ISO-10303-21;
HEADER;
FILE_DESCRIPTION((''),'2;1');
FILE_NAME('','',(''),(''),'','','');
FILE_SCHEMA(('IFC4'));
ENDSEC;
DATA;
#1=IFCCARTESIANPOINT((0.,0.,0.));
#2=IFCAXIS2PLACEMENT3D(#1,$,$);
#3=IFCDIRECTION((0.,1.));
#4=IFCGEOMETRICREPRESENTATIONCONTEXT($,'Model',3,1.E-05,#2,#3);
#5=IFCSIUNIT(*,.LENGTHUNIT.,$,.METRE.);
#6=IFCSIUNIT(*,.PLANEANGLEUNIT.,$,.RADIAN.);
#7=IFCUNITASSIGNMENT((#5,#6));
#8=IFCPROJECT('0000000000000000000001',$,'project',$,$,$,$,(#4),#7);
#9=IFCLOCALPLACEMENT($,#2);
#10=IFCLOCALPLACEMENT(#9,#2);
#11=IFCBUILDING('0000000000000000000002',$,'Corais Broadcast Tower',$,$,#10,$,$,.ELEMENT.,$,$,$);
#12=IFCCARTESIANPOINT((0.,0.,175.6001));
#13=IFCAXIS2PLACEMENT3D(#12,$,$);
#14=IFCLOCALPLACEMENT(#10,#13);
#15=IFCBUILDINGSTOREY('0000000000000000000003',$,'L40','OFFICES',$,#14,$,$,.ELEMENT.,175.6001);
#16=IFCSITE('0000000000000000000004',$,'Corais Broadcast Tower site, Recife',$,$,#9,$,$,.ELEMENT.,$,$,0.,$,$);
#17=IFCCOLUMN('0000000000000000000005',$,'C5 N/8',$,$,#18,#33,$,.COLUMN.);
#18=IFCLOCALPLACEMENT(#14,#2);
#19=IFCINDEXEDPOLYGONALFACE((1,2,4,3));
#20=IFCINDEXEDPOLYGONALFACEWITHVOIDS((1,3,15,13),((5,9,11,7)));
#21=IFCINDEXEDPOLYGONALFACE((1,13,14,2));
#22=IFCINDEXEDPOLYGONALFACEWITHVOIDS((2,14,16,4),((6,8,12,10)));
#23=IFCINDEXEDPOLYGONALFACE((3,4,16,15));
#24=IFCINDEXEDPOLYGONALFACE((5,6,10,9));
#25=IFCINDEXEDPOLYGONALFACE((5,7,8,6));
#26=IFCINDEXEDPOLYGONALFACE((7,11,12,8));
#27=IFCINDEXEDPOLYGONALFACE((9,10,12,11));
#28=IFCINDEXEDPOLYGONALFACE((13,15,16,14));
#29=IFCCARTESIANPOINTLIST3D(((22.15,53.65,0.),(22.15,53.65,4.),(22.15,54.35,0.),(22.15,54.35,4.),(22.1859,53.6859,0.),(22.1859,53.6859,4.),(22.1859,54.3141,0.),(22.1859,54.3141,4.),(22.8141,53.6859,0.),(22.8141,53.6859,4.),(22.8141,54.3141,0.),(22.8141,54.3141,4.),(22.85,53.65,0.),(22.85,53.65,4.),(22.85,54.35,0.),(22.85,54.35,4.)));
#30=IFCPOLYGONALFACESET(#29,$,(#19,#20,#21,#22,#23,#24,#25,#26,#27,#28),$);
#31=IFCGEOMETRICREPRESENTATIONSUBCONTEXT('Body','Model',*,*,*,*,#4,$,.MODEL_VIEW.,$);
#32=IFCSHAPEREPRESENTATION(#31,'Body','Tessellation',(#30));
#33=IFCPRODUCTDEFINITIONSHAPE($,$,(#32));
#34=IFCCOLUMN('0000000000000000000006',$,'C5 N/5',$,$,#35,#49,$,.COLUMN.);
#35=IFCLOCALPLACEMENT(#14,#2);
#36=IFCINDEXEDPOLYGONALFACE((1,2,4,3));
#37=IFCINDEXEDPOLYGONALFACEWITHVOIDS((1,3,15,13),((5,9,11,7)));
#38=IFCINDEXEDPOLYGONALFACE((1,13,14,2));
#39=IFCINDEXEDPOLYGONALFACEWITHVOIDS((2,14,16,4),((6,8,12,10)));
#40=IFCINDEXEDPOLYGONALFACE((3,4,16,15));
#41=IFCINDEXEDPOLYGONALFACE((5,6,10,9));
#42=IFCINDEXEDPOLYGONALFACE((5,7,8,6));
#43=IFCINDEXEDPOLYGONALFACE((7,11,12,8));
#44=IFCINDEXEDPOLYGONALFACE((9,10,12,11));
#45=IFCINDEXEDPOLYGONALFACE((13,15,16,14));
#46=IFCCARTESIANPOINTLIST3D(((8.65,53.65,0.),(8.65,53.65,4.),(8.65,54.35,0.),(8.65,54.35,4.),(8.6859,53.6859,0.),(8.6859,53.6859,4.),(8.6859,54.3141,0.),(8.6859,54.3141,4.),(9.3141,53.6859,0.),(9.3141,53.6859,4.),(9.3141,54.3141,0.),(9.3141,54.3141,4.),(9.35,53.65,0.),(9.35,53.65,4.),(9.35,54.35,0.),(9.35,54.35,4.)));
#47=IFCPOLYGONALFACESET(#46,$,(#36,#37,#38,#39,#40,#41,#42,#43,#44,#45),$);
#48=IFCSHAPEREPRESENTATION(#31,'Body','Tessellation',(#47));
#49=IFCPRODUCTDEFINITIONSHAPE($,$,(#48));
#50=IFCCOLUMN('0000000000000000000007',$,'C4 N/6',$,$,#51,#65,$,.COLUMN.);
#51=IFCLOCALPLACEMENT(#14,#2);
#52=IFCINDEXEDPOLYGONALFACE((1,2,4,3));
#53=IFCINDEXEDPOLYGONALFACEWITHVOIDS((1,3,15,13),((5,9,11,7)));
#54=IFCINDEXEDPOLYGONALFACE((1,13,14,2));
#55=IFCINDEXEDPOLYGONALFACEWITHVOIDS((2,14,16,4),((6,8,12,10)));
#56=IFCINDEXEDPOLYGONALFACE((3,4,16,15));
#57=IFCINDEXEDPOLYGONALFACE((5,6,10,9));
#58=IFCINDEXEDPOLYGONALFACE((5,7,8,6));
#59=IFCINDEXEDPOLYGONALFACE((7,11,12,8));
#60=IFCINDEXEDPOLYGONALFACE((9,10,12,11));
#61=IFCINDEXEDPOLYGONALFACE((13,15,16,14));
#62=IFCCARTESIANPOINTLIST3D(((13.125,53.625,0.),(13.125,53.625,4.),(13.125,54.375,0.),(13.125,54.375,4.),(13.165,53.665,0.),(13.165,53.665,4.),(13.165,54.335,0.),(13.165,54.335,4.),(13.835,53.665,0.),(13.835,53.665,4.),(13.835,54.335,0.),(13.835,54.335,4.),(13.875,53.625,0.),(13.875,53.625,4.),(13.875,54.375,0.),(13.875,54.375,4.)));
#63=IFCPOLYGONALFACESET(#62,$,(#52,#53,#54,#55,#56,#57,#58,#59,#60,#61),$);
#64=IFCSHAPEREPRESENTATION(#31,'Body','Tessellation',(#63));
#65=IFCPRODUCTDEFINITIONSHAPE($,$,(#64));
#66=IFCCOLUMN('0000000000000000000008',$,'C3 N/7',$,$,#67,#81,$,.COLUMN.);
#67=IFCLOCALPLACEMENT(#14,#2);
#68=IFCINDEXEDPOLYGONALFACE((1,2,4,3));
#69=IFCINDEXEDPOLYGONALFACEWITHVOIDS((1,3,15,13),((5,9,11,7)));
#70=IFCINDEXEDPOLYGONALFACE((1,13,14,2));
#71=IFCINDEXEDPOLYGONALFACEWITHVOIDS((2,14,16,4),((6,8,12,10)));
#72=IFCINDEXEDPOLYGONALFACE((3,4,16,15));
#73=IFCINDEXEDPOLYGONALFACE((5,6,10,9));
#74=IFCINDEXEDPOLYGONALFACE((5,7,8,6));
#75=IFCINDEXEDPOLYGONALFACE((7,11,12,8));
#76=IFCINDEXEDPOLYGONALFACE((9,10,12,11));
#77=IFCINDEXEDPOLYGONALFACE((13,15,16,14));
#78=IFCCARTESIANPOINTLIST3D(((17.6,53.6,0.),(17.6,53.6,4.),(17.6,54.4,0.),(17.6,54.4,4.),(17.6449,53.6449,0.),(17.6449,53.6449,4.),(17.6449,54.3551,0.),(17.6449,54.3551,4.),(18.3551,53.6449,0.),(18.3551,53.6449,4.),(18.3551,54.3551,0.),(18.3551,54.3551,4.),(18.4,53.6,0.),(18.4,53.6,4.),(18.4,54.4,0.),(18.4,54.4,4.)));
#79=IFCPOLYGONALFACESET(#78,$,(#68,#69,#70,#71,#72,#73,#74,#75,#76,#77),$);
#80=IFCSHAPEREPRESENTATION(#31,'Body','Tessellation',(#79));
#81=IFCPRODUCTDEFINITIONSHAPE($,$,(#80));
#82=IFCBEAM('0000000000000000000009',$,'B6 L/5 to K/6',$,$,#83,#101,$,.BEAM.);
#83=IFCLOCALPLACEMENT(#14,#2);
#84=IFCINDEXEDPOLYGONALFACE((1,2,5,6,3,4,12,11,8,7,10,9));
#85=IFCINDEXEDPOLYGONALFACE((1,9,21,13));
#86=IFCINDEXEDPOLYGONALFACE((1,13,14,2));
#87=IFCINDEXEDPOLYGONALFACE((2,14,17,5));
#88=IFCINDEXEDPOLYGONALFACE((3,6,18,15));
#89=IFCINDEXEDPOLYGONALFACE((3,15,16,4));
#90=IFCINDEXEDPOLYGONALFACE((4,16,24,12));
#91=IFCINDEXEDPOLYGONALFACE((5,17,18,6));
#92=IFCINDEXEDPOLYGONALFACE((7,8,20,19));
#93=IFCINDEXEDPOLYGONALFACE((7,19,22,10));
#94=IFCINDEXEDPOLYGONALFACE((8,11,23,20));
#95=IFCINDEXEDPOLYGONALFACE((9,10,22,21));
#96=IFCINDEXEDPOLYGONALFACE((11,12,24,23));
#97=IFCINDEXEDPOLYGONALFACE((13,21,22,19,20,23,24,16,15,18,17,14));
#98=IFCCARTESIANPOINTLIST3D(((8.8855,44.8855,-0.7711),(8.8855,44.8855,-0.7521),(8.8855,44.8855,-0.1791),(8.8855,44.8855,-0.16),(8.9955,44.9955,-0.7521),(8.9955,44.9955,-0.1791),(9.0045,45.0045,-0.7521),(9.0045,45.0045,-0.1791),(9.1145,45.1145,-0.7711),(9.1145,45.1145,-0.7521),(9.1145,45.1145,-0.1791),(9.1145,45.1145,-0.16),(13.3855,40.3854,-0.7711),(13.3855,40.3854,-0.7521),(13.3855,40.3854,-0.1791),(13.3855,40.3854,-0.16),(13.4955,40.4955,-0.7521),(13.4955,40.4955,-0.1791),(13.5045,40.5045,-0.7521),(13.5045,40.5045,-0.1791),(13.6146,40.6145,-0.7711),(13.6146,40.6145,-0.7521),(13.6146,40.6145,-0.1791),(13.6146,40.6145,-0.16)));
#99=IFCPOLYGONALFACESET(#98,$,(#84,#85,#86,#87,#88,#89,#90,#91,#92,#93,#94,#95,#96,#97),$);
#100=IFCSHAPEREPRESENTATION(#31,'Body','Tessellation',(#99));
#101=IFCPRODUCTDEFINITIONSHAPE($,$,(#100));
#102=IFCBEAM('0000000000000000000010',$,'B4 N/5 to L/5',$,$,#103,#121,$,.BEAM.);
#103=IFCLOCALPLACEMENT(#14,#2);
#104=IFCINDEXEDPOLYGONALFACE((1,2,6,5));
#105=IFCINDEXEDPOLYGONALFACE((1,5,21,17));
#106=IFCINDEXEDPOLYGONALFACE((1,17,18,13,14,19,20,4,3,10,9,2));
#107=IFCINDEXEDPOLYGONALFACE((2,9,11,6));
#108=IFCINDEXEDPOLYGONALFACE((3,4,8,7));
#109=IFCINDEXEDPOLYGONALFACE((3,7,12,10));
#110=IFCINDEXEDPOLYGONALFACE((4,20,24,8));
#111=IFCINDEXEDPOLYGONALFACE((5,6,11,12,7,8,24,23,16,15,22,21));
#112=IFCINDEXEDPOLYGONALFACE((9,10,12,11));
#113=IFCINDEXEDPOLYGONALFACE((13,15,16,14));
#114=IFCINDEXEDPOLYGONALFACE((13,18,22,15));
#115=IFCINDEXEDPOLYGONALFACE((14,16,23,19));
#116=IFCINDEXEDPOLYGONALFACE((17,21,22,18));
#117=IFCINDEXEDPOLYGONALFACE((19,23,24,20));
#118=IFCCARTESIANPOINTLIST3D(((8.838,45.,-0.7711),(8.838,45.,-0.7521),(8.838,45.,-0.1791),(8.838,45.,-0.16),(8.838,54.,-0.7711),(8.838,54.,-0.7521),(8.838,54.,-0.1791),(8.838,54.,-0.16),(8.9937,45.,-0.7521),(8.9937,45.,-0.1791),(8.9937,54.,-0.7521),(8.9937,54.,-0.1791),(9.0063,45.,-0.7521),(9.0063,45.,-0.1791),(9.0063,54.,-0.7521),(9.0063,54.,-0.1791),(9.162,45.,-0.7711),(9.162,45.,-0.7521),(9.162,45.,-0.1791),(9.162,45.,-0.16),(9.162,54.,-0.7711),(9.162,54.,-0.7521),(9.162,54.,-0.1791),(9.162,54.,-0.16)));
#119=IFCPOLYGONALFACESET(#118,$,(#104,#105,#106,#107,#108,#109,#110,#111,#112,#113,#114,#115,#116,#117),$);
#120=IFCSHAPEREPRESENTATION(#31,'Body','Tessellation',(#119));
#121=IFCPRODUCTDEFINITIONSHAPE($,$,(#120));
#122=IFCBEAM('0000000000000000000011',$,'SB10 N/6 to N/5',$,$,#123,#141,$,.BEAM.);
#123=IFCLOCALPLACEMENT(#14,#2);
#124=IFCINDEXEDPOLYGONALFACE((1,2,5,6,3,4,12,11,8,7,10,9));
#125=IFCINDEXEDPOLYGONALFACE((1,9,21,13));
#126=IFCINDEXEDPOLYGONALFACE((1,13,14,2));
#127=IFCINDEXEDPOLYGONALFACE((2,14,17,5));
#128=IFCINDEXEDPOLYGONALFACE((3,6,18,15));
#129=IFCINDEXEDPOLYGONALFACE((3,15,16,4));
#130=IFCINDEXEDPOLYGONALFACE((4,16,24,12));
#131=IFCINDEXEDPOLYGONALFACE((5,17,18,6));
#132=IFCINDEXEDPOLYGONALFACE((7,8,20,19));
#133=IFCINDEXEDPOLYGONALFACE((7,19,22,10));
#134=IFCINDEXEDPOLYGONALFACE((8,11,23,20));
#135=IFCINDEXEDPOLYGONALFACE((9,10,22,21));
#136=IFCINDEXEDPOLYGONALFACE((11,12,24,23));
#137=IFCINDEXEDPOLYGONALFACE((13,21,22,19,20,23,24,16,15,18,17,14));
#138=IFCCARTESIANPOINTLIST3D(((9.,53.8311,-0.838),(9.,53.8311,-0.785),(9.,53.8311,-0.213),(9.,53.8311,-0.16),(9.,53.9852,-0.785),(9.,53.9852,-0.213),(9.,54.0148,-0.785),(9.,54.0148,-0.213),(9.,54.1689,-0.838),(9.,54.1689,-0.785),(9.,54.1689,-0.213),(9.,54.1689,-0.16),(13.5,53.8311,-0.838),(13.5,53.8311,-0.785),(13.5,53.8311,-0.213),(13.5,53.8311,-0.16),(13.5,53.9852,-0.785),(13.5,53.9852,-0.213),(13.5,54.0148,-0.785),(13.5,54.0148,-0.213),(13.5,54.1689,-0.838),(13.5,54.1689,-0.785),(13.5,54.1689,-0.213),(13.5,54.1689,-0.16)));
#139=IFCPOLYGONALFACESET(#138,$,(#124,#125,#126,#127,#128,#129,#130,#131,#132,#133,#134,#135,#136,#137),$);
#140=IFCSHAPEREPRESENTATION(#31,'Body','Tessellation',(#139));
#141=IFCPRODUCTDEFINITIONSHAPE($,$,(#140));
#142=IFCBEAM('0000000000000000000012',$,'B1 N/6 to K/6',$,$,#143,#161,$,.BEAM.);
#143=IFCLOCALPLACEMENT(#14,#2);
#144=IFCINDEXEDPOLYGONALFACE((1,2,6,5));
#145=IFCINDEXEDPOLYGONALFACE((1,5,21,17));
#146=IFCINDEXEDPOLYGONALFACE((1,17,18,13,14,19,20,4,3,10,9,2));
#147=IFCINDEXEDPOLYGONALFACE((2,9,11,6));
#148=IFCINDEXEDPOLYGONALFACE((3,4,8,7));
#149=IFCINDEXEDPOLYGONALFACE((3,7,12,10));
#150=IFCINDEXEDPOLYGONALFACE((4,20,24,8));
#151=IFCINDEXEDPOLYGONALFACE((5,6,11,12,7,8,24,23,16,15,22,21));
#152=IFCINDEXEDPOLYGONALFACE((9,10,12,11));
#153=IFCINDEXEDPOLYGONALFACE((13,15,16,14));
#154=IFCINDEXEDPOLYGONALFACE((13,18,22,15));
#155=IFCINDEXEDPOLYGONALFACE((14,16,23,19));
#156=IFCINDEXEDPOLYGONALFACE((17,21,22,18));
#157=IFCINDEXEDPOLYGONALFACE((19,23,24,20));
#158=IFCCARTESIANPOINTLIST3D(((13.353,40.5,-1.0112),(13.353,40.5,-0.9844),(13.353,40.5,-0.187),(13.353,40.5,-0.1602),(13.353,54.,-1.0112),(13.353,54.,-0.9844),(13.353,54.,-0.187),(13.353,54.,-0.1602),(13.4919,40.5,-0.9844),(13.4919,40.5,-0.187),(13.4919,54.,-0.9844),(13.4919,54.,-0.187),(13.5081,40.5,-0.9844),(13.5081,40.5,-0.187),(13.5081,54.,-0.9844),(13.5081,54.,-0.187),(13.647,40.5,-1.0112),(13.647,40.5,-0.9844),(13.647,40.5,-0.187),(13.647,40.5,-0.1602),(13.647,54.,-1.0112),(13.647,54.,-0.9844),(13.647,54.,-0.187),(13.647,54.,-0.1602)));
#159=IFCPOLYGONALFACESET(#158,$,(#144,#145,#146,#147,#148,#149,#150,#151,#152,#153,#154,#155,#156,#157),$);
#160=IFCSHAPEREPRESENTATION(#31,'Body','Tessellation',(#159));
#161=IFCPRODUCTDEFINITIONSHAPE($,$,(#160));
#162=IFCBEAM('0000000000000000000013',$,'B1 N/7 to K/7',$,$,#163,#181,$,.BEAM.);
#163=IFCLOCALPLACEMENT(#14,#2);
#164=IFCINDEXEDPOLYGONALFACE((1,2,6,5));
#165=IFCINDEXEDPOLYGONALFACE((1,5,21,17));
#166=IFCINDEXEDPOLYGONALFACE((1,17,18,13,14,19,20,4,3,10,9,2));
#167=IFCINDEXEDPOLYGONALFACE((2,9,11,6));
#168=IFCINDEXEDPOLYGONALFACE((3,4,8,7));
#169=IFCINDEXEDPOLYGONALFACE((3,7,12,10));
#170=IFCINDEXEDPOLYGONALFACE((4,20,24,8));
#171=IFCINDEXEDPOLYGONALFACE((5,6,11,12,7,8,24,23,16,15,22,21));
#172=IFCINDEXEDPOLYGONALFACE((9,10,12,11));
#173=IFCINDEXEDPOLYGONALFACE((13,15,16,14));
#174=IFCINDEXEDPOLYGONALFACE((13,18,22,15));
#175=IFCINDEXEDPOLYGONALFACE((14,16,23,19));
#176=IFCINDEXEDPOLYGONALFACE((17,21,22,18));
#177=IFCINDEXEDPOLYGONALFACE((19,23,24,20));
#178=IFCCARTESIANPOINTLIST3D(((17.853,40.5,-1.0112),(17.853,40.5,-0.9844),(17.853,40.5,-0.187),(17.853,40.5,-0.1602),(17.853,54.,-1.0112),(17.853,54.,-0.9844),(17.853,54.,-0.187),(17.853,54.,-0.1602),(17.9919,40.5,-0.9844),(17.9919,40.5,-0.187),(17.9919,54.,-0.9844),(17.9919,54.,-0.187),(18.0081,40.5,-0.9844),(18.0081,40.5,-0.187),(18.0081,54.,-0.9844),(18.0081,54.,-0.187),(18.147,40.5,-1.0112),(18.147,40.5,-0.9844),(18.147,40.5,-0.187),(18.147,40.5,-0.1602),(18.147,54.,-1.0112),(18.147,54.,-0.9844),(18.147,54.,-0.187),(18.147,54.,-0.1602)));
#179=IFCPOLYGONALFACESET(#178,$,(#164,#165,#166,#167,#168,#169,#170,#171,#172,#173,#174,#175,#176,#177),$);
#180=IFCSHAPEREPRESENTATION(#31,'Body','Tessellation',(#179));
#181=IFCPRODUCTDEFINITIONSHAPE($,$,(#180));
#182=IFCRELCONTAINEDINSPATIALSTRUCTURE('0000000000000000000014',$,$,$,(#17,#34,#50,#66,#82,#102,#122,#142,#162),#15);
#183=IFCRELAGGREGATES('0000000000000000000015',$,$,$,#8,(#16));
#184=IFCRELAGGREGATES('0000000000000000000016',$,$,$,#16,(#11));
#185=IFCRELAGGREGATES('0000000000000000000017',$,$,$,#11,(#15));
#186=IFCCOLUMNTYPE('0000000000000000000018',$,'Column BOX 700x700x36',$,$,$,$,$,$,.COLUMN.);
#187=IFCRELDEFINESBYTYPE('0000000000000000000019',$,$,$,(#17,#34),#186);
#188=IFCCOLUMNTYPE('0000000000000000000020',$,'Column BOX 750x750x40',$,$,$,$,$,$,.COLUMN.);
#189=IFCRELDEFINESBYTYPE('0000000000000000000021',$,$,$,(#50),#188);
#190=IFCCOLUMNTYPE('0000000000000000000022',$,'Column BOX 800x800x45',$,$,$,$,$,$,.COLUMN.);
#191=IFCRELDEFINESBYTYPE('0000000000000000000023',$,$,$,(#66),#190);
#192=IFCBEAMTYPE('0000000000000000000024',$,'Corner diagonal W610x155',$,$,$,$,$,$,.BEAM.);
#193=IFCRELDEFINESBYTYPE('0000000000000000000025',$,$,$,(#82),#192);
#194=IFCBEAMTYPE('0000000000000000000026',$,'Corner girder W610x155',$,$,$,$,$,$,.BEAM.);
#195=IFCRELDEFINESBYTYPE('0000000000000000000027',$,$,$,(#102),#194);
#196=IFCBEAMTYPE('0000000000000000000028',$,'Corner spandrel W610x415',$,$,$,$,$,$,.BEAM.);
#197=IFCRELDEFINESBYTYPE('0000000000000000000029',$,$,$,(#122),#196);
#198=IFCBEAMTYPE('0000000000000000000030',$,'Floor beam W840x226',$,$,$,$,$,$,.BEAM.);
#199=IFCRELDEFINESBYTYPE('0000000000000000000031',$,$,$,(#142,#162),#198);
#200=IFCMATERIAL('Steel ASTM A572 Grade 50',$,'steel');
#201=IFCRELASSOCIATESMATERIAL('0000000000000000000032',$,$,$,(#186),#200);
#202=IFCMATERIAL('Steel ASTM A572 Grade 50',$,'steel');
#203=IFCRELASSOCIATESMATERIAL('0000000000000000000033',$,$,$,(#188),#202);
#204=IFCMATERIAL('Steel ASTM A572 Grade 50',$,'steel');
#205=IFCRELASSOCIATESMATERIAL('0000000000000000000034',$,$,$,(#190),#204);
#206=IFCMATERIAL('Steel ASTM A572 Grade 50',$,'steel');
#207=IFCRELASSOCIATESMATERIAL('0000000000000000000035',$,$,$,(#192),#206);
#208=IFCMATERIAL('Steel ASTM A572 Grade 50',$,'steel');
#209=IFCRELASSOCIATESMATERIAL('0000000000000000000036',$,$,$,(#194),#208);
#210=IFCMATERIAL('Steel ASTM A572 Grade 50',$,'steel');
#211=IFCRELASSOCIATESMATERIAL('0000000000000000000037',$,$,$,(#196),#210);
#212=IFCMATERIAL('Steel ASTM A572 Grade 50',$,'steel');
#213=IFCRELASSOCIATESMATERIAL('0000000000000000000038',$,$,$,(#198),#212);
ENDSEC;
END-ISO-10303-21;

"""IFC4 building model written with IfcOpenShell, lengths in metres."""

from ifc_helpers import new_model, si_unit, direction, frame, origin, origin_2d, place, context, subcontext, project, spatial, hollow_rectangle, i_section, extrude, material, material_profile, profile_set, type_object, element, save


model = new_model("IFC4")

# Units and contexts
model_context = context("Model", 3, precision=1e-05, world=origin(), true_north=direction((0.0, 1.0)))
body_context = subcontext(model_context, "Body", "Model", "MODEL_VIEW")
ifc_project = project(units=[si_unit("LENGTHUNIT", "METRE"), si_unit("PLANEANGLEUNIT", "RADIAN")], contexts=[model_context])

# Site, building, storey
site_placement = place(None, origin())
site = spatial("IfcSite", under=ifc_project, at=site_placement, Name="Corais Broadcast Tower site, Recife", CompositionType="ELEMENT", RefElevation=0.0)
building_placement = place(site_placement, origin())
building = spatial("IfcBuilding", under=site, at=building_placement, Name="Corais Broadcast Tower", CompositionType="ELEMENT")
storey_placement = place(building_placement, frame((0.0, 0.0, 175.6001)))
storey = spatial("IfcBuildingStorey", under=building, at=storey_placement, Name="L40", Description="OFFICES", CompositionType="ELEMENT", Elevation=175.6001)

# Columns
ifc_material_1 = material(Name="Steel ASTM A572 Grade 50", Category="steel")
ifc_material_profile_1 = material_profile(ifc_material_1, hollow_rectangle(XDim=0.7, YDim=0.7, WallThickness=0.0359, at=origin_2d()), Name="BOX 700x700x36")
ifc_profile_set_1 = profile_set([ifc_material_profile_1], Name="Steel ASTM A572 Grade 50")
column_type_1 = type_object("IfcColumnType", Name="Column BOX 700x700x36", PredefinedType="COLUMN", material=ifc_profile_set_1)
for number, where, z_axis, x_axis, name in (
    (1, (22.5, 54.0, 0.0), (0.0, 0.0, 1.0), (1.0, 0.0, 0.0), "C5 N/8"),
    (2, (9.0, 54.0, 0.0), (0.0, 0.0, 1.0), (1.0, 0.0, 0.0), "C5 N/5"),
):
    element("IfcColumn", number, at=place(storey_placement, frame(where, z_axis=z_axis, x_axis=x_axis)), inside=storey, type_object=column_type_1, Name=name, PredefinedType="COLUMN", context=body_context, shape_type="SweptSolid", body=[
        extrude(hollow_rectangle(XDim=0.7, YDim=0.7, WallThickness=0.0359, at=origin_2d()), origin(), (0.0, 0.0, 1.0), 4.0),
    ])
ifc_material_2 = material(Name="Steel ASTM A572 Grade 50", Category="steel")
ifc_material_profile_2 = material_profile(ifc_material_2, hollow_rectangle(XDim=0.75, YDim=0.75, WallThickness=0.04, at=origin_2d()), Name="BOX 750x750x40")
ifc_profile_set_2 = profile_set([ifc_material_profile_2], Name="Steel ASTM A572 Grade 50")
column_type_2 = type_object("IfcColumnType", Name="Column BOX 750x750x40", PredefinedType="COLUMN", material=ifc_profile_set_2)
column_1_placement = place(storey_placement, frame((13.5, 54.0, 0.0), z_axis=(0.0, 0.0, 1.0), x_axis=(1.0, 0.0, 0.0)))
element("IfcColumn", 3, at=column_1_placement, inside=storey, type_object=column_type_2, Name="C4 N/6", PredefinedType="COLUMN", context=body_context, shape_type="SweptSolid", body=[
    extrude(hollow_rectangle(XDim=0.75, YDim=0.75, WallThickness=0.04, at=origin_2d()), origin(), (0.0, 0.0, 1.0), 4.0),
])
ifc_material_3 = material(Name="Steel ASTM A572 Grade 50", Category="steel")
ifc_material_profile_3 = material_profile(ifc_material_3, hollow_rectangle(XDim=0.8, YDim=0.8, WallThickness=0.0449, at=origin_2d()), Name="BOX 800x800x45")
ifc_profile_set_3 = profile_set([ifc_material_profile_3], Name="Steel ASTM A572 Grade 50")
column_type_3 = type_object("IfcColumnType", Name="Column BOX 800x800x45", PredefinedType="COLUMN", material=ifc_profile_set_3)
column_2_placement = place(storey_placement, frame((18.0, 54.0, 0.0), z_axis=(0.0, 0.0, 1.0), x_axis=(1.0, 0.0, 0.0)))
element("IfcColumn", 4, at=column_2_placement, inside=storey, type_object=column_type_3, Name="C3 N/7", PredefinedType="COLUMN", context=body_context, shape_type="SweptSolid", body=[
    extrude(hollow_rectangle(XDim=0.8, YDim=0.8, WallThickness=0.0449, at=origin_2d()), origin(), (0.0, 0.0, 1.0), 4.0),
])

# Beams
ifc_material_4 = material(Name="Steel ASTM A572 Grade 50", Category="steel")
ifc_material_profile_4 = material_profile(ifc_material_4, i_section(OverallWidth=0.324, OverallDepth=0.6111, WebThickness=0.0127, FlangeThickness=0.019, at=origin_2d()), Name="W610x155")
ifc_profile_set_4 = profile_set([ifc_material_profile_4], Name="Steel ASTM A572 Grade 50")
beam_type_1 = type_object("IfcBeamType", Name="Corner diagonal W610x155", PredefinedType="BEAM", material=ifc_profile_set_4)
beam_1_placement = place(storey_placement, frame((9.0, 45.0, -0.4656), z_axis=(0.707107, -0.707107, 0.0), x_axis=(0.707107, 0.707107, 0.0)))
element("IfcBeam", 5, at=beam_1_placement, inside=storey, type_object=beam_type_1, Name="B6 L/5 to K/6", PredefinedType="BEAM", context=body_context, shape_type="SweptSolid", body=[
    extrude(i_section(OverallWidth=0.324, OverallDepth=0.6111, WebThickness=0.0127, FlangeThickness=0.019, at=origin_2d()), origin(), (0.0, 0.0, 1.0), 6.364),
])
ifc_material_5 = material(Name="Steel ASTM A572 Grade 50", Category="steel")
ifc_material_profile_5 = material_profile(ifc_material_5, i_section(OverallWidth=0.324, OverallDepth=0.6111, WebThickness=0.0127, FlangeThickness=0.019, at=origin_2d()), Name="W610x155")
ifc_profile_set_5 = profile_set([ifc_material_profile_5], Name="Steel ASTM A572 Grade 50")
beam_type_2 = type_object("IfcBeamType", Name="Corner girder W610x155", PredefinedType="BEAM", material=ifc_profile_set_5)
beam_2_placement = place(storey_placement, frame((9.0, 54.0, -0.4656), z_axis=(0.0, -1.0, 0.0), x_axis=(1.0, 0.0, 0.0)))
element("IfcBeam", 6, at=beam_2_placement, inside=storey, type_object=beam_type_2, Name="B4 N/5 to L/5", PredefinedType="BEAM", context=body_context, shape_type="SweptSolid", body=[
    extrude(i_section(OverallWidth=0.324, OverallDepth=0.6111, WebThickness=0.0127, FlangeThickness=0.019, at=origin_2d()), origin(), (0.0, 0.0, 1.0), 9.0),
])
ifc_material_6 = material(Name="Steel ASTM A572 Grade 50", Category="steel")
ifc_material_profile_6 = material_profile(ifc_material_6, i_section(OverallWidth=0.3379, OverallDepth=0.678, WebThickness=0.0295, FlangeThickness=0.053, at=origin_2d()), Name="W610x415")
ifc_profile_set_6 = profile_set([ifc_material_profile_6], Name="Steel ASTM A572 Grade 50")
beam_type_3 = type_object("IfcBeamType", Name="Corner spandrel W610x415", PredefinedType="BEAM", material=ifc_profile_set_6)
beam_3_placement = place(storey_placement, frame((13.5, 54.0, -0.499), z_axis=(-1.0, 0.0, 0.0), x_axis=(0.0, -1.0, 0.0)))
element("IfcBeam", 7, at=beam_3_placement, inside=storey, type_object=beam_type_3, Name="SB10 N/6 to N/5", PredefinedType="BEAM", context=body_context, shape_type="SweptSolid", body=[
    extrude(i_section(OverallWidth=0.3379, OverallDepth=0.678, WebThickness=0.0295, FlangeThickness=0.053, at=origin_2d()), origin(), (0.0, 0.0, 1.0), 4.5),
])
ifc_material_7 = material(Name="Steel ASTM A572 Grade 50", Category="steel")
ifc_material_profile_7 = material_profile(ifc_material_7, i_section(OverallWidth=0.2939, OverallDepth=0.8511, WebThickness=0.0161, FlangeThickness=0.0269, at=origin_2d()), Name="W840x226")
ifc_profile_set_7 = profile_set([ifc_material_profile_7], Name="Steel ASTM A572 Grade 50")
beam_type_4 = type_object("IfcBeamType", Name="Floor beam W840x226", PredefinedType="BEAM", material=ifc_profile_set_7)
for number, where, z_axis, x_axis, name in (
    (8, (13.5, 54.0, -0.5857), (0.0, -1.0, 0.0), (1.0, 0.0, 0.0), "B1 N/6 to K/6"),
    (9, (18.0, 54.0, -0.5857), (0.0, -1.0, 0.0), (1.0, 0.0, 0.0), "B1 N/7 to K/7"),
):
    element("IfcBeam", number, at=place(storey_placement, frame(where, z_axis=z_axis, x_axis=x_axis)), inside=storey, type_object=beam_type_4, Name=name, PredefinedType="BEAM", context=body_context, shape_type="SweptSolid", body=[
        extrude(i_section(OverallWidth=0.2939, OverallDepth=0.8511, WebThickness=0.0161, FlangeThickness=0.0269, at=origin_2d()), origin(), (0.0, 0.0, 1.0), 13.5),
    ])

save(model, "model.ifc")
